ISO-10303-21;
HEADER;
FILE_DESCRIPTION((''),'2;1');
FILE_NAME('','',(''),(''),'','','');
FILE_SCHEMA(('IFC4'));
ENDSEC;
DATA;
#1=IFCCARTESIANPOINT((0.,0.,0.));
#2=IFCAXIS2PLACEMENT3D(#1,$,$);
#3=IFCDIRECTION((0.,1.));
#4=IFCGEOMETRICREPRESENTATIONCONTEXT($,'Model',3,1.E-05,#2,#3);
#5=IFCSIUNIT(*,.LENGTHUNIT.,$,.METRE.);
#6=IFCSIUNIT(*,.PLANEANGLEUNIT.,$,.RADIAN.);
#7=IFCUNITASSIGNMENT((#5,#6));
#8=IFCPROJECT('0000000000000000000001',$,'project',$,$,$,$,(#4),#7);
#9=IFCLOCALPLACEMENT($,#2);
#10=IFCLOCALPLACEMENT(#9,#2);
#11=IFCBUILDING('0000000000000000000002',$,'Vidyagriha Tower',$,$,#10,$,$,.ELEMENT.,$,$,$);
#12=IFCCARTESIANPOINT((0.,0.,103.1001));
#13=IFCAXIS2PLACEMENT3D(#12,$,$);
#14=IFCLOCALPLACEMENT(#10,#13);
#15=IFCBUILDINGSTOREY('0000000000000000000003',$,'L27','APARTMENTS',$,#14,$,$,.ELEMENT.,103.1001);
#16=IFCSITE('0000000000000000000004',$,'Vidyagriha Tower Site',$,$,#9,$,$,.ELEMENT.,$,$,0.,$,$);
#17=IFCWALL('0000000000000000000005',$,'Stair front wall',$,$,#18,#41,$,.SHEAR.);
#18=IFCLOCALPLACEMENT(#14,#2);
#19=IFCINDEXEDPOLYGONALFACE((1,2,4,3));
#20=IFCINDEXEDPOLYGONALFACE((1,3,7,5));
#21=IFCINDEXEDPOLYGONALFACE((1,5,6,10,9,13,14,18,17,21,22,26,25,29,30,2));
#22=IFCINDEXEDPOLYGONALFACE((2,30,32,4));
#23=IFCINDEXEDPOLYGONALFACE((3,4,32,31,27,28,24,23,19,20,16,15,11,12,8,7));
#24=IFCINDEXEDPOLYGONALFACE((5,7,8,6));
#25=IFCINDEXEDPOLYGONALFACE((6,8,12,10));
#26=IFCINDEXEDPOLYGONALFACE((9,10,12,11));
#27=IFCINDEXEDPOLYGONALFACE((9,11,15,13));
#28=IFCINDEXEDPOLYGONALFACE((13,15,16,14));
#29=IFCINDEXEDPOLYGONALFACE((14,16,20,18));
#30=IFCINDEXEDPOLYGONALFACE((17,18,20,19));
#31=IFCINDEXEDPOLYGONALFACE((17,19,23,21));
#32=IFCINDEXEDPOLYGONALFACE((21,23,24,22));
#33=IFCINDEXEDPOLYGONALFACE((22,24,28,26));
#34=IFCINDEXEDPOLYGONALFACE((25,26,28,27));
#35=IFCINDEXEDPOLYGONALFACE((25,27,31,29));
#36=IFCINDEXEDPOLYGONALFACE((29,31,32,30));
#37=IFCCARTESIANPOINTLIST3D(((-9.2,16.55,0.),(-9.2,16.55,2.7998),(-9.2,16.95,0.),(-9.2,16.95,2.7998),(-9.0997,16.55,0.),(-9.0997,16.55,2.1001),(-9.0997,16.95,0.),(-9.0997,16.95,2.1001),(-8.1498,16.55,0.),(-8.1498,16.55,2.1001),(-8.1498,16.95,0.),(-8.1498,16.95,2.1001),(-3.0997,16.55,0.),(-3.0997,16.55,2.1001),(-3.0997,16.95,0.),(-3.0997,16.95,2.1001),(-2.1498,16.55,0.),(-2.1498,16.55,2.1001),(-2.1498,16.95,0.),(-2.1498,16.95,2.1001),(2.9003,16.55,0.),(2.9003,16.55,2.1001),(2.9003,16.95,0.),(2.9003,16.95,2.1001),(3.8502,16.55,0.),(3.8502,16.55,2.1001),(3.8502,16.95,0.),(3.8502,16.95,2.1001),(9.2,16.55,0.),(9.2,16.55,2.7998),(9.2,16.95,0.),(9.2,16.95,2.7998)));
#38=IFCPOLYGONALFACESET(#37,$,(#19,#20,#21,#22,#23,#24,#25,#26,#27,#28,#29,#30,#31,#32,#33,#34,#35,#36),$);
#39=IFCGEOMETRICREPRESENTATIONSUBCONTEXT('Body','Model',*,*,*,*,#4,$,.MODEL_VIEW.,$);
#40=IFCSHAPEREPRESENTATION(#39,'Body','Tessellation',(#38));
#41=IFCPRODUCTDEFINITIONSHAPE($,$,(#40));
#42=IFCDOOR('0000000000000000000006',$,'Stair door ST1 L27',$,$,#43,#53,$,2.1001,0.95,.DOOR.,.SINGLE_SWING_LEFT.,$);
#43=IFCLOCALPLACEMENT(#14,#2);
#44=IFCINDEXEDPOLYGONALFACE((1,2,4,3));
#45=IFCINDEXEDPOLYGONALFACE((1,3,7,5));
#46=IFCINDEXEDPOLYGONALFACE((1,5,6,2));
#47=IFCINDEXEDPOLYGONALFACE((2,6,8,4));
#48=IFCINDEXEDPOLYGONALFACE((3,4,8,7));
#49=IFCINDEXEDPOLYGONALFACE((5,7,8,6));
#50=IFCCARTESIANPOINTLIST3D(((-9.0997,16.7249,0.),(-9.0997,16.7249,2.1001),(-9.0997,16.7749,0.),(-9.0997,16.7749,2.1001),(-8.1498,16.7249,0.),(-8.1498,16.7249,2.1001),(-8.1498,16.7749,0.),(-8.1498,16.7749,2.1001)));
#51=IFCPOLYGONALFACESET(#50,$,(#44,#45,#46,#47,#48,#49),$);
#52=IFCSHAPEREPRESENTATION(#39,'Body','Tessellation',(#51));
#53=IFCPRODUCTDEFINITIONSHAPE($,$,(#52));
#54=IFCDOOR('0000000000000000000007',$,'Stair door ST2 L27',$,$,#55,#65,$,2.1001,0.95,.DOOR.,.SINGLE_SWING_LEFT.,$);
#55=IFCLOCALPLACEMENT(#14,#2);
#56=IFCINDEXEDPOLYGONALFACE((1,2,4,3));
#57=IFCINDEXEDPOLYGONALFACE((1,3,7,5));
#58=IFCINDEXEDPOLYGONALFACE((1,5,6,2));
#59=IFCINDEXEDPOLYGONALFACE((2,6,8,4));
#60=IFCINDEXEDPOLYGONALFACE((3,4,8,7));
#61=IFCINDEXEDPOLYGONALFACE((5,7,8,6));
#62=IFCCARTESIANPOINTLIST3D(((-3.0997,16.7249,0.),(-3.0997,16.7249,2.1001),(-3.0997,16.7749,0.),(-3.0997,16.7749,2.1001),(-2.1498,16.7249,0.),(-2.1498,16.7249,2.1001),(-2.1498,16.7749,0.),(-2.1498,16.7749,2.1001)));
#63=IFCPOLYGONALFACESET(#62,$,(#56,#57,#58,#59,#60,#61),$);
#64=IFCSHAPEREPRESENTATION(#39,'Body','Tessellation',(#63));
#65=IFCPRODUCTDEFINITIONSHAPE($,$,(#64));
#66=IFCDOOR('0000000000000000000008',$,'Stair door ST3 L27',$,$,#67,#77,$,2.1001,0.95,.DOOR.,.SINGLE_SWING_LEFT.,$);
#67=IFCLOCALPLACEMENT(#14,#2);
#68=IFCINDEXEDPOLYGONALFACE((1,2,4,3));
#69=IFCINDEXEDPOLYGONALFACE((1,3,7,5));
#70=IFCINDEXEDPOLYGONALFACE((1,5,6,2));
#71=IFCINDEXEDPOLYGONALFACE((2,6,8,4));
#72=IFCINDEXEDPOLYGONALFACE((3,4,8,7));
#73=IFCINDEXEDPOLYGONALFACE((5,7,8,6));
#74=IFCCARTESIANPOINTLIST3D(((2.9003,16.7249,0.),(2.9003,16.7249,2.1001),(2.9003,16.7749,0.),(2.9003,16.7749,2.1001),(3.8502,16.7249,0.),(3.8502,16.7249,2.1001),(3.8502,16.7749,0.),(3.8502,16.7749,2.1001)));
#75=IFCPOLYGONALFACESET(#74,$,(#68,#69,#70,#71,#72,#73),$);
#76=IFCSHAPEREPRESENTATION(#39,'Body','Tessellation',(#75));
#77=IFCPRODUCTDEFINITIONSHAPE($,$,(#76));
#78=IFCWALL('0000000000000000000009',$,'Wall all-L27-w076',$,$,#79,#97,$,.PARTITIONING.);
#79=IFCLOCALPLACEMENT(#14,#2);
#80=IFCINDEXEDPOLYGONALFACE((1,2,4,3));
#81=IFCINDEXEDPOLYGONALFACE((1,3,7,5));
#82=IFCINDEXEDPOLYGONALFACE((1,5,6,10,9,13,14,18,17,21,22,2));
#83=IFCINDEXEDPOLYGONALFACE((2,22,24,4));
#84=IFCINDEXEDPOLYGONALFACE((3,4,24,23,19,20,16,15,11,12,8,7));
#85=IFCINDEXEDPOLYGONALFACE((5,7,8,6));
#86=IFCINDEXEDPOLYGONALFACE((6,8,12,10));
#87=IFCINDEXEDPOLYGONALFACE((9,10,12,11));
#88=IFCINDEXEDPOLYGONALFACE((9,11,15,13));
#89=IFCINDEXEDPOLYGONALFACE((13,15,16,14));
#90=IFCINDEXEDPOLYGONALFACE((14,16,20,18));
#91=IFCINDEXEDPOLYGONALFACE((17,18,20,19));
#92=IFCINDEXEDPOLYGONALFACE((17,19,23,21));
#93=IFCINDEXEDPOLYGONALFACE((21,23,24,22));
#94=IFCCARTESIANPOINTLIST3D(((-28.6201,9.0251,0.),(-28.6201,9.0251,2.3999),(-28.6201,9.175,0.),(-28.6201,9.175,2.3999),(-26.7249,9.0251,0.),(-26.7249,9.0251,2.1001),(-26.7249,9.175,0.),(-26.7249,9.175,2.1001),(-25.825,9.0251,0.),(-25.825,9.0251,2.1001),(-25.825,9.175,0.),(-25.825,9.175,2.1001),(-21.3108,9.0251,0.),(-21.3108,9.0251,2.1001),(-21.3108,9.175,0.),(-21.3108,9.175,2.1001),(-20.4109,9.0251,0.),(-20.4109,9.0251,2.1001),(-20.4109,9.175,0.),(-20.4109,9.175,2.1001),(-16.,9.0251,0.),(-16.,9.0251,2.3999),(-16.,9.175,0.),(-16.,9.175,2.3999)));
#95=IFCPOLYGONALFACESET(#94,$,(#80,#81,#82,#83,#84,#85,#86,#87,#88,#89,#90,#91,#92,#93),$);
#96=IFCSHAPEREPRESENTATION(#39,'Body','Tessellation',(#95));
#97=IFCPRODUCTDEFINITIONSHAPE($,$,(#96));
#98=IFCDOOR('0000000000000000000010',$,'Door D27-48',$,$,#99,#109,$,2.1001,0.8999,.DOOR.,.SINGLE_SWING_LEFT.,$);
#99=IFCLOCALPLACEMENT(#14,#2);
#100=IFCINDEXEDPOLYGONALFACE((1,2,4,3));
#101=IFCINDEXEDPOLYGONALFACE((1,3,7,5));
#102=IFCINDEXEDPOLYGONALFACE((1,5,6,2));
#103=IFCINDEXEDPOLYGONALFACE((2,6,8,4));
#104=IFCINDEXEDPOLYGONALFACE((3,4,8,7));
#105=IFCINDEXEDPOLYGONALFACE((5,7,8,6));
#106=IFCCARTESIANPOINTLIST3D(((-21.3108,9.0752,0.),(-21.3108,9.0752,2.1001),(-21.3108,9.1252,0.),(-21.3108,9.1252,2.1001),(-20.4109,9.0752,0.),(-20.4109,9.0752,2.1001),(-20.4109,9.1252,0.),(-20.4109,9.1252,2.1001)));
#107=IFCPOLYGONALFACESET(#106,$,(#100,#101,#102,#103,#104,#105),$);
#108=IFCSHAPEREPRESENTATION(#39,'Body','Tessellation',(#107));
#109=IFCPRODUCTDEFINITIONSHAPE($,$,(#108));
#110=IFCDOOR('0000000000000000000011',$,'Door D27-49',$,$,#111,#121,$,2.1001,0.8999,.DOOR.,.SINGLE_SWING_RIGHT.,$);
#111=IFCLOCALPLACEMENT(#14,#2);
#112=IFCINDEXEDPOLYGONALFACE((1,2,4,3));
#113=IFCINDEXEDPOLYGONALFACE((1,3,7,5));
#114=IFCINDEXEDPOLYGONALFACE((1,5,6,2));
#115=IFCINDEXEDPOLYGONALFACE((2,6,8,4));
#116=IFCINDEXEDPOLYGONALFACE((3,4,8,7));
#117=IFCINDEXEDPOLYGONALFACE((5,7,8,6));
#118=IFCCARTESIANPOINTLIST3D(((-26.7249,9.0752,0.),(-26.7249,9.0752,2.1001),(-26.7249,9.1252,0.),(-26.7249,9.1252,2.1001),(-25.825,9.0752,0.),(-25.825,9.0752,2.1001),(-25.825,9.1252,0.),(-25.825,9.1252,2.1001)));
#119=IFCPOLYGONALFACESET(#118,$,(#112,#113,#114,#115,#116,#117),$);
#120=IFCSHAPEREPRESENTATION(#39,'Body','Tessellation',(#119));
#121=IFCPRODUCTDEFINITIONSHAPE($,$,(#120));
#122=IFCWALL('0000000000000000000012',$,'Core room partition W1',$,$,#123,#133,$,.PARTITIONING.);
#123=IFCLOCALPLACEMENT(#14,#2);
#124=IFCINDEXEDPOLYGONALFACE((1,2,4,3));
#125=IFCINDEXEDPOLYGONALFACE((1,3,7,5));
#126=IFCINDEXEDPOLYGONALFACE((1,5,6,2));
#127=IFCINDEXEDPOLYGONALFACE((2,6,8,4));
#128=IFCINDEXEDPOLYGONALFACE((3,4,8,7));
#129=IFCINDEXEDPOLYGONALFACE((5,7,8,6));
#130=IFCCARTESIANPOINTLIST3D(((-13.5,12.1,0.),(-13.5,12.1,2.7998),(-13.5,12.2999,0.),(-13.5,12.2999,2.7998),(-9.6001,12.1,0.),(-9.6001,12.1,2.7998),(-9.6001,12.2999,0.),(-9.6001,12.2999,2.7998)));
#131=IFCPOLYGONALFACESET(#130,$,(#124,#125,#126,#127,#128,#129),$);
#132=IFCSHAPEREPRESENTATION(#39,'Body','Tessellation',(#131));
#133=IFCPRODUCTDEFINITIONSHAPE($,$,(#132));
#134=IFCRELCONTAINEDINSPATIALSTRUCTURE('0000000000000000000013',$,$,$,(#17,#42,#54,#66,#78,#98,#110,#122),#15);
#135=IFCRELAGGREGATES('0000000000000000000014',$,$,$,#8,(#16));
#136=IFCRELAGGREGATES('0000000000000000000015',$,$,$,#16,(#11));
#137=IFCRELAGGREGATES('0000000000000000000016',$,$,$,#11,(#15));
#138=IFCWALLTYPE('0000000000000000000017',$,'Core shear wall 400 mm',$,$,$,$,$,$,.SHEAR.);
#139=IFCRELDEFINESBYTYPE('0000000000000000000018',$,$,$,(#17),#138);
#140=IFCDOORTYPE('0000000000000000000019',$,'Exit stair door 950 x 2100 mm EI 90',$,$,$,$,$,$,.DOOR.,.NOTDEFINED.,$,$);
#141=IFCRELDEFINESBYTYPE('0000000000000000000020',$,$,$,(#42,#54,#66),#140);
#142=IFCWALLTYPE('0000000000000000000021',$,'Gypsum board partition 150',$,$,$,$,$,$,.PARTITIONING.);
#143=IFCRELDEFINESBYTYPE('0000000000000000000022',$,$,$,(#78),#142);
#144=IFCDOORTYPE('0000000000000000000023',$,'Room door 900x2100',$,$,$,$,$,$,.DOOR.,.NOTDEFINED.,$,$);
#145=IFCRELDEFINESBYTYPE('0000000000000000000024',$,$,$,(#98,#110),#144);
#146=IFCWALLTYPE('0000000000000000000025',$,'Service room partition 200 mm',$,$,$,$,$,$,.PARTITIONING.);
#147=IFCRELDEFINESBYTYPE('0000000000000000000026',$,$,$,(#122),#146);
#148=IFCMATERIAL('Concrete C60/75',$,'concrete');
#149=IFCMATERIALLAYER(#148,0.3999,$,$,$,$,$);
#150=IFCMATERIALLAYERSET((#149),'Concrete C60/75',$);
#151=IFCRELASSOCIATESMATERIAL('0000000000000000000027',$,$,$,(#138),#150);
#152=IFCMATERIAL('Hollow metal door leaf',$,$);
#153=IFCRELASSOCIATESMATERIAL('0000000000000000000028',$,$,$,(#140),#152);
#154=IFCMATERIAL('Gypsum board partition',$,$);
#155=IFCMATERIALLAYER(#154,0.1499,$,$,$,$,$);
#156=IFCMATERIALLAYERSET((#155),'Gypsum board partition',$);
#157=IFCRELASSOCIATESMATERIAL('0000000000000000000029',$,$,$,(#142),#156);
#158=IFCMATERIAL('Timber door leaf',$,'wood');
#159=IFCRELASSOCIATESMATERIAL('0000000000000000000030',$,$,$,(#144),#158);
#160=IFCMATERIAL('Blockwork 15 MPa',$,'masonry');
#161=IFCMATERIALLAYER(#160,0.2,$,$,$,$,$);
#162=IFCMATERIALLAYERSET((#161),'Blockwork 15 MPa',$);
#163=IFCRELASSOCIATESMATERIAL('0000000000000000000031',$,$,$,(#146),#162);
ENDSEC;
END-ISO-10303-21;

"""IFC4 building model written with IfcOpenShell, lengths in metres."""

from ifc_helpers import new_model, si_unit, direction, frame, frame_2d, origin, place, context, subcontext, project, spatial, rectangle, extrude, material, layer, layer_set, type_object, element, fill, save


model = new_model("IFC4")

# Units and contexts
model_context = context("Model", 3, precision=1e-05, world=origin(), true_north=direction((0.0, 1.0)))
body_context = subcontext(model_context, "Body", "Model", "MODEL_VIEW")
ifc_project = project(units=[si_unit("LENGTHUNIT", "METRE"), si_unit("PLANEANGLEUNIT", "RADIAN")], contexts=[model_context])

# Site, building, storey
site_placement = place(None, origin())
site = spatial("IfcSite", under=ifc_project, at=site_placement, Name="Vidyagriha Tower Site", CompositionType="ELEMENT", RefElevation=0.0)
building_placement = place(site_placement, origin())
building = spatial("IfcBuilding", under=site, at=building_placement, Name="Vidyagriha Tower", CompositionType="ELEMENT")
storey_placement = place(building_placement, frame((0.0, 0.0, 103.1001)))
storey = spatial("IfcBuildingStorey", under=building, at=storey_placement, Name="L27", Description="APARTMENTS", CompositionType="ELEMENT", Elevation=103.1001)

# Shared definitions
ifc_material_1 = material(Name="Concrete C60/75", Category="concrete")
ifc_layer_1 = layer(ifc_material_1, 0.3999)
ifc_layer_set_1 = layer_set([ifc_layer_1], Name="Concrete C60/75")
wall_type_1 = type_object("IfcWallType", Name="Core shear wall 400 mm", PredefinedType="SHEAR", material=ifc_layer_set_1)

# Walls, openings, doors
wall_1_placement = place(storey_placement, frame((-9.2, 16.75, 0.0)))
wall_1 = element("IfcWall", 1, at=wall_1_placement, inside=storey, type_object=wall_type_1, Name="Stair front wall", PredefinedType="SHEAR", context=body_context, shape_type="SweptSolid", body=[
    extrude(rectangle(XDim=18.3999, YDim=0.3999, at=frame_2d((9.2, 0.0))), origin(), (0.0, 0.0, 1.0), 2.7998),
])
opening_1_placement = place(wall_1_placement, frame((0.1001, 0.0, 0.0)))
opening_1 = element("IfcOpeningElement", 2, at=opening_1_placement, cuts=wall_1, PredefinedType="OPENING", context=body_context, shape_type="SweptSolid", body=[
    extrude(rectangle(XDim=0.95, YDim=2.1001, at=frame_2d((0.4751, 1.05))), frame((0.0, 0.21, 0.0), z_axis=(0.0, -1.0, 0.0), x_axis=(1.0, 0.0, 0.0)), (0.0, 0.0, 1.0), 0.4199),
])
opening_2_placement = place(wall_1_placement, frame((6.1001, 0.0, 0.0)))
opening_2 = element("IfcOpeningElement", 3, at=opening_2_placement, cuts=wall_1, PredefinedType="OPENING", context=body_context, shape_type="SweptSolid", body=[
    extrude(rectangle(XDim=0.95, YDim=2.1001, at=frame_2d((0.4751, 1.05))), frame((0.0, 0.21, 0.0), z_axis=(0.0, -1.0, 0.0), x_axis=(1.0, 0.0, 0.0)), (0.0, 0.0, 1.0), 0.4199),
])
opening_3_placement = place(wall_1_placement, frame((12.1001, 0.0, 0.0)))
opening_3 = element("IfcOpeningElement", 4, at=opening_3_placement, cuts=wall_1, PredefinedType="OPENING", context=body_context, shape_type="SweptSolid", body=[
    extrude(rectangle(XDim=0.95, YDim=2.1001, at=frame_2d((0.4751, 1.05))), frame((0.0, 0.21, 0.0), z_axis=(0.0, -1.0, 0.0), x_axis=(1.0, 0.0, 0.0)), (0.0, 0.0, 1.0), 0.4199),
])
ifc_material_2 = material(Name="Hollow metal door leaf")
door_type_1 = type_object("IfcDoorType", Name="Exit stair door 950 x 2100 mm EI 90", OperationType="NOTDEFINED", PredefinedType="DOOR", material=ifc_material_2)
door_1_placement = place(opening_1_placement, origin())
door_1 = element("IfcDoor", 5, at=door_1_placement, inside=storey, type_object=door_type_1, Name="Stair door ST1 L27", OperationType="SINGLE_SWING_LEFT", OverallHeight=2.1001, OverallWidth=0.95, PredefinedType="DOOR", context=body_context, shape_type="SweptSolid", body=[
    extrude(rectangle(XDim=0.95, YDim=2.1001, at=frame_2d((0.4751, 1.05))), frame((0.0, 0.0249, 0.0), z_axis=(0.0, -1.0, 0.0), x_axis=(1.0, 0.0, 0.0)), (0.0, 0.0, 1.0), 0.05),
])
fill(opening_1, door_1)
door_2_placement = place(opening_2_placement, origin())
door_2 = element("IfcDoor", 6, at=door_2_placement, inside=storey, type_object=door_type_1, Name="Stair door ST2 L27", OperationType="SINGLE_SWING_LEFT", OverallHeight=2.1001, OverallWidth=0.95, PredefinedType="DOOR", context=body_context, shape_type="SweptSolid", body=[
    extrude(rectangle(XDim=0.95, YDim=2.1001, at=frame_2d((0.4751, 1.05))), frame((0.0, 0.0249, 0.0), z_axis=(0.0, -1.0, 0.0), x_axis=(1.0, 0.0, 0.0)), (0.0, 0.0, 1.0), 0.05),
])
fill(opening_2, door_2)
door_3_placement = place(opening_3_placement, origin())
door_3 = element("IfcDoor", 7, at=door_3_placement, inside=storey, type_object=door_type_1, Name="Stair door ST3 L27", OperationType="SINGLE_SWING_LEFT", OverallHeight=2.1001, OverallWidth=0.95, PredefinedType="DOOR", context=body_context, shape_type="SweptSolid", body=[
    extrude(rectangle(XDim=0.95, YDim=2.1001, at=frame_2d((0.4751, 1.05))), frame((0.0, 0.0249, 0.0), z_axis=(0.0, -1.0, 0.0), x_axis=(1.0, 0.0, 0.0)), (0.0, 0.0, 1.0), 0.05),
])
fill(opening_3, door_3)
ifc_material_3 = material(Name="Gypsum board partition")
ifc_layer_2 = layer(ifc_material_3, 0.1499)
ifc_layer_set_2 = layer_set([ifc_layer_2], Name="Gypsum board partition")
wall_type_2 = type_object("IfcWallType", Name="Gypsum board partition 150", PredefinedType="PARTITIONING", material=ifc_layer_set_2)
wall_2_placement = place(storey_placement, frame((-16.0, 9.1001, 0.0), z_axis=(0.0, 0.0, 1.0), x_axis=(-1.0, 0.0, 0.0)))
wall_2 = element("IfcWall", 8, at=wall_2_placement, inside=storey, type_object=wall_type_2, Name="Wall all-L27-w076", PredefinedType="PARTITIONING", context=body_context, shape_type="SweptSolid", body=[
    extrude(rectangle(XDim=12.6201, YDim=0.1499, at=frame_2d((6.3101, 0.0))), origin(), (0.0, 0.0, 1.0), 2.3999),
])
opening_4_placement = place(wall_2_placement, frame((4.4109, 0.0, 0.0)))
opening_4 = element("IfcOpeningElement", 9, at=opening_4_placement, cuts=wall_2, PredefinedType="OPENING", context=body_context, shape_type="SweptSolid", body=[
    extrude(rectangle(XDim=0.8999, YDim=2.1001, at=frame_2d((0.45, 1.05))), frame((0.0, 0.085, 0.0), z_axis=(0.0, -1.0, 0.0), x_axis=(1.0, 0.0, 0.0)), (0.0, 0.0, 1.0), 0.1699),
])
opening_5_placement = place(wall_2_placement, frame((9.825, 0.0, 0.0)))
opening_5 = element("IfcOpeningElement", 10, at=opening_5_placement, cuts=wall_2, PredefinedType="OPENING", context=body_context, shape_type="SweptSolid", body=[
    extrude(rectangle(XDim=0.8999, YDim=2.1001, at=frame_2d((0.45, 1.05))), frame((0.0, 0.085, 0.0), z_axis=(0.0, -1.0, 0.0), x_axis=(1.0, 0.0, 0.0)), (0.0, 0.0, 1.0), 0.1699),
])
ifc_material_4 = material(Name="Timber door leaf", Category="wood")
door_type_2 = type_object("IfcDoorType", Name="Room door 900x2100", OperationType="NOTDEFINED", PredefinedType="DOOR", material=ifc_material_4)
door_4_placement = place(opening_4_placement, origin())
door_4 = element("IfcDoor", 11, at=door_4_placement, inside=storey, type_object=door_type_2, Name="Door D27-48", OperationType="SINGLE_SWING_LEFT", OverallHeight=2.1001, OverallWidth=0.8999, PredefinedType="DOOR", context=body_context, shape_type="SweptSolid", body=[
    extrude(rectangle(XDim=0.8999, YDim=2.1001, at=frame_2d((0.45, 1.05))), frame((0.0, 0.0249, 0.0), z_axis=(0.0, -1.0, 0.0), x_axis=(1.0, 0.0, 0.0)), (0.0, 0.0, 1.0), 0.05),
])
fill(opening_4, door_4)
door_5_placement = place(opening_5_placement, origin())
door_5 = element("IfcDoor", 12, at=door_5_placement, inside=storey, type_object=door_type_2, Name="Door D27-49", OperationType="SINGLE_SWING_RIGHT", OverallHeight=2.1001, OverallWidth=0.8999, PredefinedType="DOOR", context=body_context, shape_type="SweptSolid", body=[
    extrude(rectangle(XDim=0.8999, YDim=2.1001, at=frame_2d((0.45, 1.05))), frame((0.0, 0.0249, 0.0), z_axis=(0.0, -1.0, 0.0), x_axis=(1.0, 0.0, 0.0)), (0.0, 0.0, 1.0), 0.05),
])
fill(opening_5, door_5)

# Wall
ifc_material_5 = material(Name="Blockwork 15 MPa", Category="masonry")
ifc_layer_3 = layer(ifc_material_5, 0.2)
ifc_layer_set_3 = layer_set([ifc_layer_3], Name="Blockwork 15 MPa")
wall_type_3 = type_object("IfcWallType", Name="Service room partition 200 mm", PredefinedType="PARTITIONING", material=ifc_layer_set_3)
wall_3_placement = place(storey_placement, frame((-13.5, 12.2, 0.0)))
element("IfcWall", 13, at=wall_3_placement, inside=storey, type_object=wall_type_3, Name="Core room partition W1", PredefinedType="PARTITIONING", context=body_context, shape_type="SweptSolid", body=[
    extrude(rectangle(XDim=3.8999, YDim=0.2, at=frame_2d((1.95, 0.0))), origin(), (0.0, 0.0, 1.0), 2.7998),
])

save(model, "model.ifc")
